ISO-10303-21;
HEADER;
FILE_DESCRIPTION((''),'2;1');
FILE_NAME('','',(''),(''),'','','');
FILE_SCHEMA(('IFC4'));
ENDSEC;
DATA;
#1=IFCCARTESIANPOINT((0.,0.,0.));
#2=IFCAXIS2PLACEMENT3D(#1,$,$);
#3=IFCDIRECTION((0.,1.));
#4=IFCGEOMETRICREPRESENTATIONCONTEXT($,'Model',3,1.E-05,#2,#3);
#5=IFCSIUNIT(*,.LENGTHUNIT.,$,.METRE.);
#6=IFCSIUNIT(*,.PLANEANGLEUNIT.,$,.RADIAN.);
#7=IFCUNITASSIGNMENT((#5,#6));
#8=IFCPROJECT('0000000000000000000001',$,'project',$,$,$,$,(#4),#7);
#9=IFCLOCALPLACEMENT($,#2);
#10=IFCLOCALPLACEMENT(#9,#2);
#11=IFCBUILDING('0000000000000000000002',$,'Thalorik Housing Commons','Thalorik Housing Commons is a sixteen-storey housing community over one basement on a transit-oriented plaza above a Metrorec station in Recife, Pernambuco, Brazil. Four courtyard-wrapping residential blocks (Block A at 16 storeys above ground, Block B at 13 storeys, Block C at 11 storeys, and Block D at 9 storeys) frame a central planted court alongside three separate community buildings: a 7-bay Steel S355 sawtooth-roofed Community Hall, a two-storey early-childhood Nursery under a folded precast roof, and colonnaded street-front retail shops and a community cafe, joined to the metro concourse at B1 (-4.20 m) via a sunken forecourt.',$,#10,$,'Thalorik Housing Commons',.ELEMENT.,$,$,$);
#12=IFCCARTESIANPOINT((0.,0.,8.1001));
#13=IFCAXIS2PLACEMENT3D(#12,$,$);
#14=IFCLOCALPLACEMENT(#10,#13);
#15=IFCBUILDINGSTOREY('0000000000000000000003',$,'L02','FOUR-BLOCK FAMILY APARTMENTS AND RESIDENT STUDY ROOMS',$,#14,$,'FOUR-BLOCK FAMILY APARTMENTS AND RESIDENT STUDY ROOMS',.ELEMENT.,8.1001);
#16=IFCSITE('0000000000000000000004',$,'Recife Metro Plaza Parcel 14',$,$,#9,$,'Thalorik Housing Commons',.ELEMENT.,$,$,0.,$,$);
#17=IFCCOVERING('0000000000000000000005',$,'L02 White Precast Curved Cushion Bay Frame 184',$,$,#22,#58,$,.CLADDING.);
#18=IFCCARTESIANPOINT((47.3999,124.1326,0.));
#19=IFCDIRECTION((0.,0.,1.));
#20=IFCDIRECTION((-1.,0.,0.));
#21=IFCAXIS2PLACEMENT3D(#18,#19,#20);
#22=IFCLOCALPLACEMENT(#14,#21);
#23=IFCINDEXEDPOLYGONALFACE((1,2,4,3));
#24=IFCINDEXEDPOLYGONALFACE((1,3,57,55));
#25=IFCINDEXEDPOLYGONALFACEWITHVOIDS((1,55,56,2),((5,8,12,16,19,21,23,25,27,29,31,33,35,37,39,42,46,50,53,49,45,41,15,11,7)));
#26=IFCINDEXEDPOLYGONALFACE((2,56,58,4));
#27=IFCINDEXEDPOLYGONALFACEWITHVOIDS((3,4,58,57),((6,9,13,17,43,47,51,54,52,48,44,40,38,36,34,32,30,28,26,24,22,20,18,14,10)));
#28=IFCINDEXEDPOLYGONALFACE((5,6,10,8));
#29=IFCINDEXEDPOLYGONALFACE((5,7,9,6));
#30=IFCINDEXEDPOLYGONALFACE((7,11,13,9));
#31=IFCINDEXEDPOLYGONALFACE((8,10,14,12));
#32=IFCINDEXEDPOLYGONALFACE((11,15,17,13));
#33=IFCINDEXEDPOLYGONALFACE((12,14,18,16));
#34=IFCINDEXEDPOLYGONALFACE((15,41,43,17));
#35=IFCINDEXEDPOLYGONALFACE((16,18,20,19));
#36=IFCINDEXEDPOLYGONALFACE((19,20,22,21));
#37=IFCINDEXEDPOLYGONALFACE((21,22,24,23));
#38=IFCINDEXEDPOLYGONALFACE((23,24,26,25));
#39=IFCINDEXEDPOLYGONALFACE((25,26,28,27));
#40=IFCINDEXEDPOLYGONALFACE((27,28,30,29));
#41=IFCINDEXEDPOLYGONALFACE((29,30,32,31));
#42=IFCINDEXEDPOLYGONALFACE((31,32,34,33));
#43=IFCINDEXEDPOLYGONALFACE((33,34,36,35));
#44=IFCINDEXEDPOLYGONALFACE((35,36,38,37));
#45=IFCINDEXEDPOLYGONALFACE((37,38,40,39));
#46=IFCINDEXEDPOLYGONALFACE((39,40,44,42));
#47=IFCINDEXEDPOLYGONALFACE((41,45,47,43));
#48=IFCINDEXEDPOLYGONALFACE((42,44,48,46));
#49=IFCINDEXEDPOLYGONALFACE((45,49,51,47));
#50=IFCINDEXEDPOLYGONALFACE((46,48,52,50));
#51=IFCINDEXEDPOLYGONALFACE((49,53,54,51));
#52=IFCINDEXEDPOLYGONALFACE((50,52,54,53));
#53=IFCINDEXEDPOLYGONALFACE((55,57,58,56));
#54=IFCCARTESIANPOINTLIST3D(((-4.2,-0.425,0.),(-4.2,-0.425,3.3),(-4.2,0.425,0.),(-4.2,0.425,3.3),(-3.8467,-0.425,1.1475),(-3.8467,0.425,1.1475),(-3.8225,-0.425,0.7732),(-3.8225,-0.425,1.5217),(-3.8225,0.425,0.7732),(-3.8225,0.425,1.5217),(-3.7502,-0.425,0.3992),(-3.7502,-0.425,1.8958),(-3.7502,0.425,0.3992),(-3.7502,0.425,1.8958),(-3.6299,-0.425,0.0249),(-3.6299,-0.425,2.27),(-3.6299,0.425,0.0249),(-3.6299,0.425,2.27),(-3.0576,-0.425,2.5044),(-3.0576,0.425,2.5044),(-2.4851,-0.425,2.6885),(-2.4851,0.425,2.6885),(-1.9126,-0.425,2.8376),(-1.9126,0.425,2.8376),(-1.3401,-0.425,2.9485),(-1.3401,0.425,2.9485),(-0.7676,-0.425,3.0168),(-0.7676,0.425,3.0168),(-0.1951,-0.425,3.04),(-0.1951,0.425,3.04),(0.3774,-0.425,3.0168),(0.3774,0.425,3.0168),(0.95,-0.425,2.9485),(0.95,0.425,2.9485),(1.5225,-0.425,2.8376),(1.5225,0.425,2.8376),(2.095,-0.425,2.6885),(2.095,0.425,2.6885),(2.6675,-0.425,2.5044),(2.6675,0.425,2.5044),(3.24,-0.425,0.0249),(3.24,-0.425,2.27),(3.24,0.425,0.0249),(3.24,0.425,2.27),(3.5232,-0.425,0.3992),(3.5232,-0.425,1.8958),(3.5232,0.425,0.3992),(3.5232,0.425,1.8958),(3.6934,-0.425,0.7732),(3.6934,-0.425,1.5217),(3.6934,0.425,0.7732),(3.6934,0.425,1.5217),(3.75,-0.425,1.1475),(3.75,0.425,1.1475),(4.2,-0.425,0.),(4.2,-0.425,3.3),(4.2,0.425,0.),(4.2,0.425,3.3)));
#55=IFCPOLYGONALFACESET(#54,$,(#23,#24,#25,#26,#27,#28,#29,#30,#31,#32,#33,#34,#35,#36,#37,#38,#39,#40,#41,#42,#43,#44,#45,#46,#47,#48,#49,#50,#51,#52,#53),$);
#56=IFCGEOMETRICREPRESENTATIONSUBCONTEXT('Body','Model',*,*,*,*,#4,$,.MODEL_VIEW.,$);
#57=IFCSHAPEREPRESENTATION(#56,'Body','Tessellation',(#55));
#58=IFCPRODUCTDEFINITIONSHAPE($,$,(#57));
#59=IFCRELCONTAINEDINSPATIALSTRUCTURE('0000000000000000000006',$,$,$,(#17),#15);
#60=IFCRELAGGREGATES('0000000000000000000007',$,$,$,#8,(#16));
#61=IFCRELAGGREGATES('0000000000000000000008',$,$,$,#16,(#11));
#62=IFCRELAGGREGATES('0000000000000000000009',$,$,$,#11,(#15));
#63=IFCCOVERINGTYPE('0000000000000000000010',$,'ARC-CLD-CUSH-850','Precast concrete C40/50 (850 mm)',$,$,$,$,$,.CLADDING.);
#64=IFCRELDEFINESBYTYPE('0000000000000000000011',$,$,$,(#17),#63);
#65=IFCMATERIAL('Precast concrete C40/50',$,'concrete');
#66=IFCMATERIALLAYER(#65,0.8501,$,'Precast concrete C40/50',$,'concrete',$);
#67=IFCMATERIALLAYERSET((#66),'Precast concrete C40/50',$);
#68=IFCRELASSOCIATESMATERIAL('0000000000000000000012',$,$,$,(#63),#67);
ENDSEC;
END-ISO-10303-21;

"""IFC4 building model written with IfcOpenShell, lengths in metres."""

from ifc_helpers import new_model, si_unit, direction, frame, origin, place, context, subcontext, project, spatial, polyline, outline, extrude, material, layer, layer_set, type_object, element, save


model = new_model("IFC4")

# Units and contexts
model_context = context("Model", 3, precision=1e-05, world=origin(), true_north=direction((0.0, 1.0)))
body_context = subcontext(model_context, "Body", "Model", "MODEL_VIEW")
ifc_project = project(units=[si_unit("LENGTHUNIT", "METRE"), si_unit("PLANEANGLEUNIT", "RADIAN")], contexts=[model_context])

# Site, building, storey
site_placement = place(None, origin())
site = spatial("IfcSite", under=ifc_project, at=site_placement, Name="Recife Metro Plaza Parcel 14", LongName="Thalorik Housing Commons", CompositionType="ELEMENT", RefElevation=0.0)
building_placement = place(site_placement, origin())
building = spatial("IfcBuilding", under=site, at=building_placement, Name="Thalorik Housing Commons", Description="Thalorik Housing Commons is a sixteen-storey housing community over one basement on a transit-oriented plaza above a Metrorec station in Recife, Pernambuco, Brazil. Four courtyard-wrapping residential blocks (Block A at 16 storeys above ground, Block B at 13 storeys, Block C at 11 storeys, and Block D at 9 storeys) frame a central planted court alongside three separate community buildings: a 7-bay Steel S355 sawtooth-roofed Community Hall, a two-storey early-childhood Nursery under a folded precast roof, and colonnaded street-front retail shops and a community cafe, joined to the metro concourse at B1 (-4.20 m) via a sunken forecourt.", LongName="Thalorik Housing Commons", CompositionType="ELEMENT")
storey_placement = place(building_placement, frame((0.0, 0.0, 8.1001)))
storey = spatial("IfcBuildingStorey", under=building, at=storey_placement, Name="L02", Description="FOUR-BLOCK FAMILY APARTMENTS AND RESIDENT STUDY ROOMS", LongName="FOUR-BLOCK FAMILY APARTMENTS AND RESIDENT STUDY ROOMS", CompositionType="ELEMENT", Elevation=8.1001)

# Shared definitions
ifc_material_1 = material(Name="Precast concrete C40/50", Category="concrete")

# Covering
ifc_layer_1 = layer(ifc_material_1, 0.8501, Name="Precast concrete C40/50", Category="concrete")
ifc_layer_set_1 = layer_set([ifc_layer_1], Name="Precast concrete C40/50")
covering_type_1 = type_object("IfcCoveringType", Name="ARC-CLD-CUSH-850", Description="Precast concrete C40/50 (850 mm)", PredefinedType="CLADDING", material=ifc_layer_set_1)
covering_1_placement = place(storey_placement, frame((47.3999, 124.1326, 0.0), z_axis=(0.0, 0.0, 1.0), x_axis=(-1.0, 0.0, 0.0)))
element("IfcCovering", 1, at=covering_1_placement, inside=storey, type_object=covering_type_1, Name="L02 White Precast Curved Cushion Bay Frame 184", PredefinedType="CLADDING", context=body_context, shape_type="SweptSolid", body=[
    extrude(outline(polyline([(-4.2, 0.0), (4.2, 0.0), (4.2, 3.3), (-4.2, 3.3), (-4.2, 0.0)]), holes=[polyline([(3.24, 0.0249), (3.5232, 0.3992), (3.6934, 0.7732), (3.75, 1.1475), (3.6934, 1.5217), (3.5232, 1.8958), (3.24, 2.27), (2.6675, 2.5044), (2.095, 2.6885), (1.5225, 2.8376), (0.95, 2.9485), (0.3774, 3.0168), (-0.1951, 3.04), (-0.7676, 3.0168), (-1.3401, 2.9485), (-1.9126, 2.8376), (-2.4851, 2.6885), (-3.0576, 2.5044), (-3.6299, 2.27), (-3.7502, 1.8958), (-3.8225, 1.5217), (-3.8467, 1.1475), (-3.8225, 0.7732), (-3.7502, 0.3992), (-3.6299, 0.0249), (3.24, 0.0249)])]), frame((0.0, 0.425, 0.0), z_axis=(0.0, -1.0, 0.0), x_axis=(1.0, 0.0, 0.0)), (0.0, 0.0, 1.0), 0.8501),
])

save(model, "model.ifc")
